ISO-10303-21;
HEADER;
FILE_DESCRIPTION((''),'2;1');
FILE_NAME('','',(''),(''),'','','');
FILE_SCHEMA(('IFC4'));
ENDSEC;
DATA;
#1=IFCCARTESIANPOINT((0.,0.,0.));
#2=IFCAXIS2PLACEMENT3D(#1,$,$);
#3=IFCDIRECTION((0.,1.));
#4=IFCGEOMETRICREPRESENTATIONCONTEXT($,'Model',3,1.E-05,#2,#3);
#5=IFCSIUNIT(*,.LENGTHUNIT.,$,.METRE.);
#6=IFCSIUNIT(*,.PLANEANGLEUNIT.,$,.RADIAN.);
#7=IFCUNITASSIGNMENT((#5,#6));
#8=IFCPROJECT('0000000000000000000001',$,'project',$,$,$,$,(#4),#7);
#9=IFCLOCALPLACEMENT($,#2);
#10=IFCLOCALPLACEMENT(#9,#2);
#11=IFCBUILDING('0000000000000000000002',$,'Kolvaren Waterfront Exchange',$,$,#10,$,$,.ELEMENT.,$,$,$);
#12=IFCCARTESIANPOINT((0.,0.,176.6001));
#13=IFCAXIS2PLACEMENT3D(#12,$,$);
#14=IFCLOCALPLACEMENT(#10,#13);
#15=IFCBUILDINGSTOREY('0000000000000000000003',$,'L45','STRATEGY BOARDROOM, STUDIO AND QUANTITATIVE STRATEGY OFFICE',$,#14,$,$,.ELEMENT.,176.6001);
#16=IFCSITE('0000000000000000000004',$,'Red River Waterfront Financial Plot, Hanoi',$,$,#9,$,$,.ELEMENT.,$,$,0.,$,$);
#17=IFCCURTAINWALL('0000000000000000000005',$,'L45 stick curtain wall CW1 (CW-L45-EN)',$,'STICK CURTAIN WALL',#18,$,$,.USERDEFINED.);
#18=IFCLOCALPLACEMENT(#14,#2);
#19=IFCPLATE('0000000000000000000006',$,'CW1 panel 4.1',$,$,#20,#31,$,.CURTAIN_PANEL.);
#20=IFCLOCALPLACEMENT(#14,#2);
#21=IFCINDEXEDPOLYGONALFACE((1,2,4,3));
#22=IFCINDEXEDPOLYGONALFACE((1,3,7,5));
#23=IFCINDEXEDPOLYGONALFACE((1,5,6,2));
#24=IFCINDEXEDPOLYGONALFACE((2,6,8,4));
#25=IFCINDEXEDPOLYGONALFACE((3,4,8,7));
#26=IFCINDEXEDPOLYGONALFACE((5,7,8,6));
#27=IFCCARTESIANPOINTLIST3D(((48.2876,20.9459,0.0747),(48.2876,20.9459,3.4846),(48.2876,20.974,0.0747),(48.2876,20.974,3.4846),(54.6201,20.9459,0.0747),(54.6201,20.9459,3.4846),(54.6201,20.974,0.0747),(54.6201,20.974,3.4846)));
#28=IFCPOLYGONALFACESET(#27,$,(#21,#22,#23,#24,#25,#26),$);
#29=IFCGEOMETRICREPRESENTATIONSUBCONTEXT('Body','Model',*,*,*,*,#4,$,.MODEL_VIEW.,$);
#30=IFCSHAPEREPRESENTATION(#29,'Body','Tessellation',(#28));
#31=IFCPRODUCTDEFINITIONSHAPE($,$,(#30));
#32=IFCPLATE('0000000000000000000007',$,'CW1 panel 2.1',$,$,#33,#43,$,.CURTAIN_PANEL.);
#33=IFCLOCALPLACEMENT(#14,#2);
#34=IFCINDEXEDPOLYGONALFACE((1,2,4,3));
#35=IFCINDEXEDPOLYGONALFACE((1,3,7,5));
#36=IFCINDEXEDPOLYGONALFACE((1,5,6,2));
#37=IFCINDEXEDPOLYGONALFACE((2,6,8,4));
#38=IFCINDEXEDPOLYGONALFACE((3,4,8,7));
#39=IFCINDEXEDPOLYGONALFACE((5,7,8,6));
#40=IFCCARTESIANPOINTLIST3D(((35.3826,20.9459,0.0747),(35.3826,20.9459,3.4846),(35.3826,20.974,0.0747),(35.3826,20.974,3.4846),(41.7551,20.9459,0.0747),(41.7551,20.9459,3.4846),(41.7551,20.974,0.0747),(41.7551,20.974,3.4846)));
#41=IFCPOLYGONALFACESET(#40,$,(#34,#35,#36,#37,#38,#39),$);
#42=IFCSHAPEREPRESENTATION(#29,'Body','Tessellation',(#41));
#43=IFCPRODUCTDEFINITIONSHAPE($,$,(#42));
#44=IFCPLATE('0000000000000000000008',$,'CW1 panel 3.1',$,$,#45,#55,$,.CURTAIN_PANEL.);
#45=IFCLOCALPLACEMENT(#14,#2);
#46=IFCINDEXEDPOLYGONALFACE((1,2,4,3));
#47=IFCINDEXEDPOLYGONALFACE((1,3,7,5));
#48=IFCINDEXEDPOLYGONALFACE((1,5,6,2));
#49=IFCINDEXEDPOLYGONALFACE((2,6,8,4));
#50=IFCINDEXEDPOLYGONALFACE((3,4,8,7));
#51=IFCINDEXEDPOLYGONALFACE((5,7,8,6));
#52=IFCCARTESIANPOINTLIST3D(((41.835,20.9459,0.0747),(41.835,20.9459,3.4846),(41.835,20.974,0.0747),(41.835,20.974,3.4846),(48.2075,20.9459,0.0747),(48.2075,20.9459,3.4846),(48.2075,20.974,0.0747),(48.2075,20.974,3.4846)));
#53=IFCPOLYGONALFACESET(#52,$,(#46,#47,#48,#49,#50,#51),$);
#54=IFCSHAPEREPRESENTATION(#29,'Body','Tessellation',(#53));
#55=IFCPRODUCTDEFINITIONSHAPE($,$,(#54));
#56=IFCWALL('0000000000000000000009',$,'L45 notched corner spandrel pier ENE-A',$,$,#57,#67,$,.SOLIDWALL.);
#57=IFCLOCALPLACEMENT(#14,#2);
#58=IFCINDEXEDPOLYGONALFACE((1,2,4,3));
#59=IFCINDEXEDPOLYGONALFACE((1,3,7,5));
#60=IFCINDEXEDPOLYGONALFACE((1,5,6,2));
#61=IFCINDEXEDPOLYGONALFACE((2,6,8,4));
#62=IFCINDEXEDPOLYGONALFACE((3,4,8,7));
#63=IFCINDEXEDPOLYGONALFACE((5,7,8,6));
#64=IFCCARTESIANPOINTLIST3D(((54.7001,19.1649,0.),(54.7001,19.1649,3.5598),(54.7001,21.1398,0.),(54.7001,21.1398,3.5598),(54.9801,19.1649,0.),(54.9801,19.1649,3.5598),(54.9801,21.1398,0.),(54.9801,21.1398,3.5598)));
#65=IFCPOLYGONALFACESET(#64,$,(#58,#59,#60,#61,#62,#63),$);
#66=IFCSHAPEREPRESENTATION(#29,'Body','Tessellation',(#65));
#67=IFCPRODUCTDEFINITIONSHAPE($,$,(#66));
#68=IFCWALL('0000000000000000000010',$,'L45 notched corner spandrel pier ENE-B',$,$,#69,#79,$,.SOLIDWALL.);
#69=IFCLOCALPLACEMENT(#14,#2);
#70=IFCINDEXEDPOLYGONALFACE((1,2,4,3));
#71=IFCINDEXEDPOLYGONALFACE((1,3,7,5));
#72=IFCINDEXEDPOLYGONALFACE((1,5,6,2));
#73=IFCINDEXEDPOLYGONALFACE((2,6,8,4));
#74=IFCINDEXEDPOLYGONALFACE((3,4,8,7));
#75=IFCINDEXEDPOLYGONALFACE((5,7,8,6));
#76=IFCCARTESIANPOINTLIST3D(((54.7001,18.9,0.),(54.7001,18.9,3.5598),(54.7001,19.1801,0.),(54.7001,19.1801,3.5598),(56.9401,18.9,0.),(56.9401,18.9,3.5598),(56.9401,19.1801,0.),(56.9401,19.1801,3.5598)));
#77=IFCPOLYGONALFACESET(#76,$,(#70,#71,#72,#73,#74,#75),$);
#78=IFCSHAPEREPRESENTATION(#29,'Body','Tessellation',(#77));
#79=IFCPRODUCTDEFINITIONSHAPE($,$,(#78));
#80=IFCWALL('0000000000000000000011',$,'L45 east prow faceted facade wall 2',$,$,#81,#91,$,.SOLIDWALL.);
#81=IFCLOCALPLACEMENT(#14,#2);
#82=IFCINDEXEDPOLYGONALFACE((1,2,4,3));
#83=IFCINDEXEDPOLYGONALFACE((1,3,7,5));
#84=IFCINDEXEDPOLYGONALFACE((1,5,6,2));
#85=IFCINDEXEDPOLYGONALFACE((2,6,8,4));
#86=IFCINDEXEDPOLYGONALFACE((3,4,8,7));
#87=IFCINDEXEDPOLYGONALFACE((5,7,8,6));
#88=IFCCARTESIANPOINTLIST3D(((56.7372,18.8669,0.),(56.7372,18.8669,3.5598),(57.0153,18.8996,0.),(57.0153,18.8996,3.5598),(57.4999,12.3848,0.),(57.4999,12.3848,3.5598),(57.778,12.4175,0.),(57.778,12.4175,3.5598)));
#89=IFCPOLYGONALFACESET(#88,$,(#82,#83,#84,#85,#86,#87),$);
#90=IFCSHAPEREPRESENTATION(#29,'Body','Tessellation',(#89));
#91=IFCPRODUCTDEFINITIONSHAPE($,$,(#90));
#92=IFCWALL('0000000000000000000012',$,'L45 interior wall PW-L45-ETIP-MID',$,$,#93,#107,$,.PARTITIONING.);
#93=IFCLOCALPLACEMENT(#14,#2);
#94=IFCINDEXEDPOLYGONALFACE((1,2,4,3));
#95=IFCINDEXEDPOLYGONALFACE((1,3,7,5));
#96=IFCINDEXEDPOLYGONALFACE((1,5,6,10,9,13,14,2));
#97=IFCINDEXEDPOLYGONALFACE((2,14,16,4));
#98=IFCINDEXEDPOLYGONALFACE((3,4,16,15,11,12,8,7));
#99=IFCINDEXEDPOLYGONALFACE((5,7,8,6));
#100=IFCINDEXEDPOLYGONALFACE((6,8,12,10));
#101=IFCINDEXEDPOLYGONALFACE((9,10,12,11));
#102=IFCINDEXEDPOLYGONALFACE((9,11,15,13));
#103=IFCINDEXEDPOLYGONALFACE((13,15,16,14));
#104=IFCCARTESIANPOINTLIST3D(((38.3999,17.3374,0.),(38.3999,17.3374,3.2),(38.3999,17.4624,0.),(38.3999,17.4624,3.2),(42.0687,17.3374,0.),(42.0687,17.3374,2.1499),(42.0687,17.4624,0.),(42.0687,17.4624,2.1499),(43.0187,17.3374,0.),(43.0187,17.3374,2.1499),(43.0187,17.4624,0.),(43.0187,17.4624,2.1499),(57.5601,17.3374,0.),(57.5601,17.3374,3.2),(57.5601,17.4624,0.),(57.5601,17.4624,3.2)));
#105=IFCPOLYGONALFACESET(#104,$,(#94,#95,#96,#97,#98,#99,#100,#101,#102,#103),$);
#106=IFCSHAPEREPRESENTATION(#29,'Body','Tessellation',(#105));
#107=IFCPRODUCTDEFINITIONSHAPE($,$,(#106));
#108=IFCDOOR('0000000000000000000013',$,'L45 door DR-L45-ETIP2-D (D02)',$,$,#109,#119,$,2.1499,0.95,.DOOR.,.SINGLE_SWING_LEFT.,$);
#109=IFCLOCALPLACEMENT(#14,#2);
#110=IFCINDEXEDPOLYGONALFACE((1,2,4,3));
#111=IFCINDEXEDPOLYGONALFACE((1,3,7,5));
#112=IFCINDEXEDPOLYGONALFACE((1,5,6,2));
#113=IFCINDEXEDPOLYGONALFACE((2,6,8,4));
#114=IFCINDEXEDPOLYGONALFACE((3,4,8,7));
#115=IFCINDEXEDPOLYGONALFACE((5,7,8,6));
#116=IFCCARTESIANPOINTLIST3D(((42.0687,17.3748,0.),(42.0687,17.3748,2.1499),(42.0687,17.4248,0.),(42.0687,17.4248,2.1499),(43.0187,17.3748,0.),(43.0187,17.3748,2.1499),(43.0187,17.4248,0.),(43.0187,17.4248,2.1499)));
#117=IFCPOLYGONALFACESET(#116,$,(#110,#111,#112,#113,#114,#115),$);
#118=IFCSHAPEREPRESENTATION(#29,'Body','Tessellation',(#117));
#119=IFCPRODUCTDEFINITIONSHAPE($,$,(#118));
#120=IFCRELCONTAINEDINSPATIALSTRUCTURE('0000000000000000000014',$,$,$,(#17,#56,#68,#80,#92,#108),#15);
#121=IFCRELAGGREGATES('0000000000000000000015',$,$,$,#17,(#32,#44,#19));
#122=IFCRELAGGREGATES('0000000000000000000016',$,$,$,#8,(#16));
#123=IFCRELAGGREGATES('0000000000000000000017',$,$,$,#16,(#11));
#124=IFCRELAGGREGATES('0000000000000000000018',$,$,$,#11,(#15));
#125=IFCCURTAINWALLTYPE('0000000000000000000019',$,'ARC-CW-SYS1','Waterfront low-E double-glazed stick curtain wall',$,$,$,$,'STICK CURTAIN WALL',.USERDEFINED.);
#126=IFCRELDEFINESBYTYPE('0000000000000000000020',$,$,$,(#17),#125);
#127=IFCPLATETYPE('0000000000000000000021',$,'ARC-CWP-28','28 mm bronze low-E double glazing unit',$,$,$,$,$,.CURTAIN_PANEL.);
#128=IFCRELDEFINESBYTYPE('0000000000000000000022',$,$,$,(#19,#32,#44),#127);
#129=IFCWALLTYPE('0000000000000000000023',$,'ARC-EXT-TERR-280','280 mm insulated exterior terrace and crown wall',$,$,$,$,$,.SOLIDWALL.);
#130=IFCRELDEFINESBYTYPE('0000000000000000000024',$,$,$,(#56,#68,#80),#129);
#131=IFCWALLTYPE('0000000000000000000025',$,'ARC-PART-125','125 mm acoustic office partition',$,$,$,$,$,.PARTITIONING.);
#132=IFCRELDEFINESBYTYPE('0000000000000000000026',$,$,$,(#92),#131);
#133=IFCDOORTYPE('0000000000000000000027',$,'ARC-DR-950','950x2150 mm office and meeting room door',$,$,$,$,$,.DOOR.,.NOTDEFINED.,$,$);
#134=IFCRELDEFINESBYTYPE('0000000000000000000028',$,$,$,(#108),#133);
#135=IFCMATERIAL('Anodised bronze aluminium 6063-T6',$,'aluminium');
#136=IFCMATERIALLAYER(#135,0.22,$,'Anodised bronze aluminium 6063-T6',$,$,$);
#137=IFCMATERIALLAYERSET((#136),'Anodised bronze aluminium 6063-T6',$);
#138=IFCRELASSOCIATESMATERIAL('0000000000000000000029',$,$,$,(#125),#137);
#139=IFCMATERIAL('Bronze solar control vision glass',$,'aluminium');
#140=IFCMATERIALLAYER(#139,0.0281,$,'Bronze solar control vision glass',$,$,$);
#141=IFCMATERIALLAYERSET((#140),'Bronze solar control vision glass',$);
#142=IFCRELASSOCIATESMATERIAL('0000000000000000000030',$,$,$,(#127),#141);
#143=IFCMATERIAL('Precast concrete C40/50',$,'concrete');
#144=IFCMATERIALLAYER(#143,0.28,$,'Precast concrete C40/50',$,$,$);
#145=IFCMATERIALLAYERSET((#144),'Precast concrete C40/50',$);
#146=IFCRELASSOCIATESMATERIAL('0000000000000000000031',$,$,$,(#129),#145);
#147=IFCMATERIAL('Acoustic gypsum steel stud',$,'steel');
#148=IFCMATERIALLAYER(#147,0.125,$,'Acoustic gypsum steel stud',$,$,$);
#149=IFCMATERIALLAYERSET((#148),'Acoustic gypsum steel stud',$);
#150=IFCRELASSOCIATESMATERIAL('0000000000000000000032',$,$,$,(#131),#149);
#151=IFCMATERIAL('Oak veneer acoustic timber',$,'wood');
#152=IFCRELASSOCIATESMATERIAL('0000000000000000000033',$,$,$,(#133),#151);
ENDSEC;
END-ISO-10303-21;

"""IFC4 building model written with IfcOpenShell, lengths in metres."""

from ifc_helpers import new_model, si_unit, direction, frame, frame_2d, origin, origin_with_axes, origin_2d, place, context, subcontext, project, spatial, rectangle, extrude, source, transform, mapped, material, layer, layer_set, type_object, element, fill, aggregate, save


model = new_model("IFC4")

# Units and contexts
model_context = context("Model", 3, precision=1e-05, world=origin(), true_north=direction((0.0, 1.0)))
body_context = subcontext(model_context, "Body", "Model", "MODEL_VIEW")
ifc_project = project(units=[si_unit("LENGTHUNIT", "METRE"), si_unit("PLANEANGLEUNIT", "RADIAN")], contexts=[model_context])

# Site, building, storey
site_placement = place(None, origin())
site = spatial("IfcSite", under=ifc_project, at=site_placement, Name="Red River Waterfront Financial Plot, Hanoi", CompositionType="ELEMENT", RefElevation=0.0)
building_placement = place(site_placement, origin())
building = spatial("IfcBuilding", under=site, at=building_placement, Name="Kolvaren Waterfront Exchange", CompositionType="ELEMENT")
storey_placement = place(building_placement, frame((0.0, 0.0, 176.6001)))
storey = spatial("IfcBuildingStorey", under=building, at=storey_placement, Name="L45", Description="STRATEGY BOARDROOM, STUDIO AND QUANTITATIVE STRATEGY OFFICE", CompositionType="ELEMENT", Elevation=176.6001)

# Curtain wall, plates
ifc_material_1 = material(Name="Anodised bronze aluminium 6063-T6", Category="aluminium")
ifc_layer_1 = layer(ifc_material_1, 0.22, Name="Anodised bronze aluminium 6063-T6")
ifc_layer_set_1 = layer_set([ifc_layer_1], Name="Anodised bronze aluminium 6063-T6")
curtain_wall_type = type_object("IfcCurtainWallType", Name="ARC-CW-SYS1", Description="Waterfront low-E double-glazed stick curtain wall", ElementType="STICK CURTAIN WALL", PredefinedType="USERDEFINED", material=ifc_layer_set_1)
curtain_wall_placement = place(storey_placement, origin())
curtain_wall = element("IfcCurtainWall", 1, at=curtain_wall_placement, inside=storey, type_object=curtain_wall_type, Name="L45 stick curtain wall CW1 (CW-L45-EN)", ObjectType="STICK CURTAIN WALL", PredefinedType="USERDEFINED")
ifc_material_2 = material(Name="Bronze solar control vision glass", Category="aluminium")
ifc_layer_2 = layer(ifc_material_2, 0.0281, Name="Bronze solar control vision glass")
ifc_layer_set_2 = layer_set([ifc_layer_2], Name="Bronze solar control vision glass")
plate_type = type_object("IfcPlateType", Name="ARC-CWP-28", Description="28 mm bronze low-E double glazing unit", PredefinedType="CURTAIN_PANEL", material=ifc_layer_set_2)
shared_shape_1 = source(origin_with_axes(), body_context, "Body", "SweptSolid", [
    extrude(rectangle(XDim=6.3325, YDim=0.0281, at=origin_2d()), origin(), (0.0, 0.0, 1.0), 3.4099),
])
plate_1_placement = place(storey_placement, frame((51.4539, 20.96, 0.0747), z_axis=(0.0, 0.0, 1.0), x_axis=(1.0, 0.0, 0.0)))
plate_1 = element("IfcPlate", 2, at=plate_1_placement, type_object=plate_type, Name="CW1 panel 4.1", PredefinedType="CURTAIN_PANEL", context=body_context, shape_type="MappedRepresentation", body=[
    mapped(shared_shape_1, transform((0.0, 0.0, 0.0), x_axis=(1.0, 0.0, 0.0), y_axis=(0.0, 1.0, 0.0), z_axis=(0.0, 0.0, 1.0), scale=1.0)),
])
shared_shape_2 = source(origin_with_axes(), body_context, "Body", "SweptSolid", [
    extrude(rectangle(XDim=6.3726, YDim=0.0281, at=origin_2d()), origin(), (0.0, 0.0, 1.0), 3.4099),
])
plate_2_placement = place(storey_placement, frame((38.5688, 20.96, 0.0747), z_axis=(0.0, 0.0, 1.0), x_axis=(1.0, 0.0, 0.0)))
plate_2 = element("IfcPlate", 3, at=plate_2_placement, type_object=plate_type, Name="CW1 panel 2.1", PredefinedType="CURTAIN_PANEL", context=body_context, shape_type="MappedRepresentation", body=[
    mapped(shared_shape_2, transform((0.0, 0.0, 0.0), x_axis=(1.0, 0.0, 0.0), y_axis=(0.0, 1.0, 0.0), z_axis=(0.0, 0.0, 1.0), scale=1.0)),
])
plate_3_placement = place(storey_placement, frame((45.0212, 20.96, 0.0747), z_axis=(0.0, 0.0, 1.0), x_axis=(1.0, 0.0, 0.0)))
plate_3 = element("IfcPlate", 4, at=plate_3_placement, type_object=plate_type, Name="CW1 panel 3.1", PredefinedType="CURTAIN_PANEL", context=body_context, shape_type="MappedRepresentation", body=[
    mapped(shared_shape_2, transform((0.0, 0.0, 0.0), x_axis=(1.0, 0.0, 0.0), y_axis=(0.0, 1.0, 0.0), z_axis=(0.0, 0.0, 1.0), scale=1.0)),
])
aggregate(curtain_wall, [plate_2, plate_3, plate_1])

# Walls
ifc_material_3 = material(Name="Precast concrete C40/50", Category="concrete")
ifc_layer_3 = layer(ifc_material_3, 0.28, Name="Precast concrete C40/50")
ifc_layer_set_3 = layer_set([ifc_layer_3], Name="Precast concrete C40/50")
wall_type_1 = type_object("IfcWallType", Name="ARC-EXT-TERR-280", Description="280 mm insulated exterior terrace and crown wall", PredefinedType="SOLIDWALL", material=ifc_layer_set_3)
wall_1_placement = place(storey_placement, frame((54.8401, 19.165, 0.0), z_axis=(0.0, 0.0, 1.0), x_axis=(0.0, 1.0, 0.0)))
element("IfcWall", 5, at=wall_1_placement, inside=storey, type_object=wall_type_1, Name="L45 notched corner spandrel pier ENE-A", PredefinedType="SOLIDWALL", context=body_context, shape_type="SweptSolid", body=[
    extrude(rectangle(XDim=1.9749, YDim=0.28, at=frame_2d((0.9873, 0.0))), origin(), (0.0, 0.0, 1.0), 3.5598),
])
wall_2_placement = place(storey_placement, frame((54.7, 19.04, 0.0), z_axis=(0.0, 0.0, 1.0), x_axis=(1.0, 0.0, 0.0)))
element("IfcWall", 6, at=wall_2_placement, inside=storey, type_object=wall_type_1, Name="L45 notched corner spandrel pier ENE-B", PredefinedType="SOLIDWALL", context=body_context, shape_type="SweptSolid", body=[
    extrude(rectangle(XDim=2.24, YDim=0.28, at=frame_2d((1.1201, 0.0))), origin(), (0.0, 0.0, 1.0), 3.5598),
])
wall_3_placement = place(storey_placement, frame((57.6389, 12.4011, 0.0), z_axis=(0.0, 0.0, 1.0), x_axis=(-0.116854, 0.993149, 0.0)))
element("IfcWall", 7, at=wall_3_placement, inside=storey, type_object=wall_type_1, Name="L45 east prow faceted facade wall 2", PredefinedType="SOLIDWALL", context=body_context, shape_type="SweptSolid", body=[
    extrude(rectangle(XDim=6.5269, YDim=0.28, at=frame_2d((3.2634, 0.0))), origin(), (0.0, 0.0, 1.0), 3.5598),
])

# Wall, opening, door
ifc_material_4 = material(Name="Acoustic gypsum steel stud", Category="steel")
ifc_layer_4 = layer(ifc_material_4, 0.125, Name="Acoustic gypsum steel stud")
ifc_layer_set_4 = layer_set([ifc_layer_4], Name="Acoustic gypsum steel stud")
wall_type_2 = type_object("IfcWallType", Name="ARC-PART-125", Description="125 mm acoustic office partition", PredefinedType="PARTITIONING", material=ifc_layer_set_4)
wall_4_placement = place(storey_placement, frame((38.3999, 17.3999, 0.0), z_axis=(0.0, 0.0, 1.0), x_axis=(1.0, 0.0, 0.0)))
wall_4 = element("IfcWall", 8, at=wall_4_placement, inside=storey, type_object=wall_type_2, Name="L45 interior wall PW-L45-ETIP-MID", PredefinedType="PARTITIONING", context=body_context, shape_type="SweptSolid", body=[
    extrude(rectangle(XDim=19.1602, YDim=0.125, at=frame_2d((9.5801, 0.0))), origin(), (0.0, 0.0, 1.0), 3.2),
])
opening_placement = place(wall_4_placement, frame((3.6687, 0.0, 0.0)))
opening = element("IfcOpeningElement", 9, at=opening_placement, cuts=wall_4, PredefinedType="OPENING", context=body_context, shape_type="SweptSolid", body=[
    extrude(rectangle(XDim=0.95, YDim=2.1499, at=frame_2d((0.4751, 1.075))), frame((0.0, 0.0725, 0.0), z_axis=(0.0, -1.0, 0.0), x_axis=(1.0, 0.0, 0.0)), (0.0, 0.0, 1.0), 0.145),
])
ifc_material_5 = material(Name="Oak veneer acoustic timber", Category="wood")
door_type = type_object("IfcDoorType", Name="ARC-DR-950", Description="950x2150 mm office and meeting room door", OperationType="NOTDEFINED", PredefinedType="DOOR", material=ifc_material_5)
door_placement = place(opening_placement, origin())
door = element("IfcDoor", 10, at=door_placement, inside=storey, type_object=door_type, Name="L45 door DR-L45-ETIP2-D (D02)", OperationType="SINGLE_SWING_LEFT", OverallHeight=2.1499, OverallWidth=0.95, PredefinedType="DOOR", context=body_context, shape_type="SweptSolid", body=[
    extrude(rectangle(XDim=0.95, YDim=2.1499, at=frame_2d((0.4751, 1.075))), frame((0.0, 0.0249, 0.0), z_axis=(0.0, -1.0, 0.0), x_axis=(1.0, 0.0, 0.0)), (0.0, 0.0, 1.0), 0.05),
])
fill(opening, door)

save(model, "model.ifc")
